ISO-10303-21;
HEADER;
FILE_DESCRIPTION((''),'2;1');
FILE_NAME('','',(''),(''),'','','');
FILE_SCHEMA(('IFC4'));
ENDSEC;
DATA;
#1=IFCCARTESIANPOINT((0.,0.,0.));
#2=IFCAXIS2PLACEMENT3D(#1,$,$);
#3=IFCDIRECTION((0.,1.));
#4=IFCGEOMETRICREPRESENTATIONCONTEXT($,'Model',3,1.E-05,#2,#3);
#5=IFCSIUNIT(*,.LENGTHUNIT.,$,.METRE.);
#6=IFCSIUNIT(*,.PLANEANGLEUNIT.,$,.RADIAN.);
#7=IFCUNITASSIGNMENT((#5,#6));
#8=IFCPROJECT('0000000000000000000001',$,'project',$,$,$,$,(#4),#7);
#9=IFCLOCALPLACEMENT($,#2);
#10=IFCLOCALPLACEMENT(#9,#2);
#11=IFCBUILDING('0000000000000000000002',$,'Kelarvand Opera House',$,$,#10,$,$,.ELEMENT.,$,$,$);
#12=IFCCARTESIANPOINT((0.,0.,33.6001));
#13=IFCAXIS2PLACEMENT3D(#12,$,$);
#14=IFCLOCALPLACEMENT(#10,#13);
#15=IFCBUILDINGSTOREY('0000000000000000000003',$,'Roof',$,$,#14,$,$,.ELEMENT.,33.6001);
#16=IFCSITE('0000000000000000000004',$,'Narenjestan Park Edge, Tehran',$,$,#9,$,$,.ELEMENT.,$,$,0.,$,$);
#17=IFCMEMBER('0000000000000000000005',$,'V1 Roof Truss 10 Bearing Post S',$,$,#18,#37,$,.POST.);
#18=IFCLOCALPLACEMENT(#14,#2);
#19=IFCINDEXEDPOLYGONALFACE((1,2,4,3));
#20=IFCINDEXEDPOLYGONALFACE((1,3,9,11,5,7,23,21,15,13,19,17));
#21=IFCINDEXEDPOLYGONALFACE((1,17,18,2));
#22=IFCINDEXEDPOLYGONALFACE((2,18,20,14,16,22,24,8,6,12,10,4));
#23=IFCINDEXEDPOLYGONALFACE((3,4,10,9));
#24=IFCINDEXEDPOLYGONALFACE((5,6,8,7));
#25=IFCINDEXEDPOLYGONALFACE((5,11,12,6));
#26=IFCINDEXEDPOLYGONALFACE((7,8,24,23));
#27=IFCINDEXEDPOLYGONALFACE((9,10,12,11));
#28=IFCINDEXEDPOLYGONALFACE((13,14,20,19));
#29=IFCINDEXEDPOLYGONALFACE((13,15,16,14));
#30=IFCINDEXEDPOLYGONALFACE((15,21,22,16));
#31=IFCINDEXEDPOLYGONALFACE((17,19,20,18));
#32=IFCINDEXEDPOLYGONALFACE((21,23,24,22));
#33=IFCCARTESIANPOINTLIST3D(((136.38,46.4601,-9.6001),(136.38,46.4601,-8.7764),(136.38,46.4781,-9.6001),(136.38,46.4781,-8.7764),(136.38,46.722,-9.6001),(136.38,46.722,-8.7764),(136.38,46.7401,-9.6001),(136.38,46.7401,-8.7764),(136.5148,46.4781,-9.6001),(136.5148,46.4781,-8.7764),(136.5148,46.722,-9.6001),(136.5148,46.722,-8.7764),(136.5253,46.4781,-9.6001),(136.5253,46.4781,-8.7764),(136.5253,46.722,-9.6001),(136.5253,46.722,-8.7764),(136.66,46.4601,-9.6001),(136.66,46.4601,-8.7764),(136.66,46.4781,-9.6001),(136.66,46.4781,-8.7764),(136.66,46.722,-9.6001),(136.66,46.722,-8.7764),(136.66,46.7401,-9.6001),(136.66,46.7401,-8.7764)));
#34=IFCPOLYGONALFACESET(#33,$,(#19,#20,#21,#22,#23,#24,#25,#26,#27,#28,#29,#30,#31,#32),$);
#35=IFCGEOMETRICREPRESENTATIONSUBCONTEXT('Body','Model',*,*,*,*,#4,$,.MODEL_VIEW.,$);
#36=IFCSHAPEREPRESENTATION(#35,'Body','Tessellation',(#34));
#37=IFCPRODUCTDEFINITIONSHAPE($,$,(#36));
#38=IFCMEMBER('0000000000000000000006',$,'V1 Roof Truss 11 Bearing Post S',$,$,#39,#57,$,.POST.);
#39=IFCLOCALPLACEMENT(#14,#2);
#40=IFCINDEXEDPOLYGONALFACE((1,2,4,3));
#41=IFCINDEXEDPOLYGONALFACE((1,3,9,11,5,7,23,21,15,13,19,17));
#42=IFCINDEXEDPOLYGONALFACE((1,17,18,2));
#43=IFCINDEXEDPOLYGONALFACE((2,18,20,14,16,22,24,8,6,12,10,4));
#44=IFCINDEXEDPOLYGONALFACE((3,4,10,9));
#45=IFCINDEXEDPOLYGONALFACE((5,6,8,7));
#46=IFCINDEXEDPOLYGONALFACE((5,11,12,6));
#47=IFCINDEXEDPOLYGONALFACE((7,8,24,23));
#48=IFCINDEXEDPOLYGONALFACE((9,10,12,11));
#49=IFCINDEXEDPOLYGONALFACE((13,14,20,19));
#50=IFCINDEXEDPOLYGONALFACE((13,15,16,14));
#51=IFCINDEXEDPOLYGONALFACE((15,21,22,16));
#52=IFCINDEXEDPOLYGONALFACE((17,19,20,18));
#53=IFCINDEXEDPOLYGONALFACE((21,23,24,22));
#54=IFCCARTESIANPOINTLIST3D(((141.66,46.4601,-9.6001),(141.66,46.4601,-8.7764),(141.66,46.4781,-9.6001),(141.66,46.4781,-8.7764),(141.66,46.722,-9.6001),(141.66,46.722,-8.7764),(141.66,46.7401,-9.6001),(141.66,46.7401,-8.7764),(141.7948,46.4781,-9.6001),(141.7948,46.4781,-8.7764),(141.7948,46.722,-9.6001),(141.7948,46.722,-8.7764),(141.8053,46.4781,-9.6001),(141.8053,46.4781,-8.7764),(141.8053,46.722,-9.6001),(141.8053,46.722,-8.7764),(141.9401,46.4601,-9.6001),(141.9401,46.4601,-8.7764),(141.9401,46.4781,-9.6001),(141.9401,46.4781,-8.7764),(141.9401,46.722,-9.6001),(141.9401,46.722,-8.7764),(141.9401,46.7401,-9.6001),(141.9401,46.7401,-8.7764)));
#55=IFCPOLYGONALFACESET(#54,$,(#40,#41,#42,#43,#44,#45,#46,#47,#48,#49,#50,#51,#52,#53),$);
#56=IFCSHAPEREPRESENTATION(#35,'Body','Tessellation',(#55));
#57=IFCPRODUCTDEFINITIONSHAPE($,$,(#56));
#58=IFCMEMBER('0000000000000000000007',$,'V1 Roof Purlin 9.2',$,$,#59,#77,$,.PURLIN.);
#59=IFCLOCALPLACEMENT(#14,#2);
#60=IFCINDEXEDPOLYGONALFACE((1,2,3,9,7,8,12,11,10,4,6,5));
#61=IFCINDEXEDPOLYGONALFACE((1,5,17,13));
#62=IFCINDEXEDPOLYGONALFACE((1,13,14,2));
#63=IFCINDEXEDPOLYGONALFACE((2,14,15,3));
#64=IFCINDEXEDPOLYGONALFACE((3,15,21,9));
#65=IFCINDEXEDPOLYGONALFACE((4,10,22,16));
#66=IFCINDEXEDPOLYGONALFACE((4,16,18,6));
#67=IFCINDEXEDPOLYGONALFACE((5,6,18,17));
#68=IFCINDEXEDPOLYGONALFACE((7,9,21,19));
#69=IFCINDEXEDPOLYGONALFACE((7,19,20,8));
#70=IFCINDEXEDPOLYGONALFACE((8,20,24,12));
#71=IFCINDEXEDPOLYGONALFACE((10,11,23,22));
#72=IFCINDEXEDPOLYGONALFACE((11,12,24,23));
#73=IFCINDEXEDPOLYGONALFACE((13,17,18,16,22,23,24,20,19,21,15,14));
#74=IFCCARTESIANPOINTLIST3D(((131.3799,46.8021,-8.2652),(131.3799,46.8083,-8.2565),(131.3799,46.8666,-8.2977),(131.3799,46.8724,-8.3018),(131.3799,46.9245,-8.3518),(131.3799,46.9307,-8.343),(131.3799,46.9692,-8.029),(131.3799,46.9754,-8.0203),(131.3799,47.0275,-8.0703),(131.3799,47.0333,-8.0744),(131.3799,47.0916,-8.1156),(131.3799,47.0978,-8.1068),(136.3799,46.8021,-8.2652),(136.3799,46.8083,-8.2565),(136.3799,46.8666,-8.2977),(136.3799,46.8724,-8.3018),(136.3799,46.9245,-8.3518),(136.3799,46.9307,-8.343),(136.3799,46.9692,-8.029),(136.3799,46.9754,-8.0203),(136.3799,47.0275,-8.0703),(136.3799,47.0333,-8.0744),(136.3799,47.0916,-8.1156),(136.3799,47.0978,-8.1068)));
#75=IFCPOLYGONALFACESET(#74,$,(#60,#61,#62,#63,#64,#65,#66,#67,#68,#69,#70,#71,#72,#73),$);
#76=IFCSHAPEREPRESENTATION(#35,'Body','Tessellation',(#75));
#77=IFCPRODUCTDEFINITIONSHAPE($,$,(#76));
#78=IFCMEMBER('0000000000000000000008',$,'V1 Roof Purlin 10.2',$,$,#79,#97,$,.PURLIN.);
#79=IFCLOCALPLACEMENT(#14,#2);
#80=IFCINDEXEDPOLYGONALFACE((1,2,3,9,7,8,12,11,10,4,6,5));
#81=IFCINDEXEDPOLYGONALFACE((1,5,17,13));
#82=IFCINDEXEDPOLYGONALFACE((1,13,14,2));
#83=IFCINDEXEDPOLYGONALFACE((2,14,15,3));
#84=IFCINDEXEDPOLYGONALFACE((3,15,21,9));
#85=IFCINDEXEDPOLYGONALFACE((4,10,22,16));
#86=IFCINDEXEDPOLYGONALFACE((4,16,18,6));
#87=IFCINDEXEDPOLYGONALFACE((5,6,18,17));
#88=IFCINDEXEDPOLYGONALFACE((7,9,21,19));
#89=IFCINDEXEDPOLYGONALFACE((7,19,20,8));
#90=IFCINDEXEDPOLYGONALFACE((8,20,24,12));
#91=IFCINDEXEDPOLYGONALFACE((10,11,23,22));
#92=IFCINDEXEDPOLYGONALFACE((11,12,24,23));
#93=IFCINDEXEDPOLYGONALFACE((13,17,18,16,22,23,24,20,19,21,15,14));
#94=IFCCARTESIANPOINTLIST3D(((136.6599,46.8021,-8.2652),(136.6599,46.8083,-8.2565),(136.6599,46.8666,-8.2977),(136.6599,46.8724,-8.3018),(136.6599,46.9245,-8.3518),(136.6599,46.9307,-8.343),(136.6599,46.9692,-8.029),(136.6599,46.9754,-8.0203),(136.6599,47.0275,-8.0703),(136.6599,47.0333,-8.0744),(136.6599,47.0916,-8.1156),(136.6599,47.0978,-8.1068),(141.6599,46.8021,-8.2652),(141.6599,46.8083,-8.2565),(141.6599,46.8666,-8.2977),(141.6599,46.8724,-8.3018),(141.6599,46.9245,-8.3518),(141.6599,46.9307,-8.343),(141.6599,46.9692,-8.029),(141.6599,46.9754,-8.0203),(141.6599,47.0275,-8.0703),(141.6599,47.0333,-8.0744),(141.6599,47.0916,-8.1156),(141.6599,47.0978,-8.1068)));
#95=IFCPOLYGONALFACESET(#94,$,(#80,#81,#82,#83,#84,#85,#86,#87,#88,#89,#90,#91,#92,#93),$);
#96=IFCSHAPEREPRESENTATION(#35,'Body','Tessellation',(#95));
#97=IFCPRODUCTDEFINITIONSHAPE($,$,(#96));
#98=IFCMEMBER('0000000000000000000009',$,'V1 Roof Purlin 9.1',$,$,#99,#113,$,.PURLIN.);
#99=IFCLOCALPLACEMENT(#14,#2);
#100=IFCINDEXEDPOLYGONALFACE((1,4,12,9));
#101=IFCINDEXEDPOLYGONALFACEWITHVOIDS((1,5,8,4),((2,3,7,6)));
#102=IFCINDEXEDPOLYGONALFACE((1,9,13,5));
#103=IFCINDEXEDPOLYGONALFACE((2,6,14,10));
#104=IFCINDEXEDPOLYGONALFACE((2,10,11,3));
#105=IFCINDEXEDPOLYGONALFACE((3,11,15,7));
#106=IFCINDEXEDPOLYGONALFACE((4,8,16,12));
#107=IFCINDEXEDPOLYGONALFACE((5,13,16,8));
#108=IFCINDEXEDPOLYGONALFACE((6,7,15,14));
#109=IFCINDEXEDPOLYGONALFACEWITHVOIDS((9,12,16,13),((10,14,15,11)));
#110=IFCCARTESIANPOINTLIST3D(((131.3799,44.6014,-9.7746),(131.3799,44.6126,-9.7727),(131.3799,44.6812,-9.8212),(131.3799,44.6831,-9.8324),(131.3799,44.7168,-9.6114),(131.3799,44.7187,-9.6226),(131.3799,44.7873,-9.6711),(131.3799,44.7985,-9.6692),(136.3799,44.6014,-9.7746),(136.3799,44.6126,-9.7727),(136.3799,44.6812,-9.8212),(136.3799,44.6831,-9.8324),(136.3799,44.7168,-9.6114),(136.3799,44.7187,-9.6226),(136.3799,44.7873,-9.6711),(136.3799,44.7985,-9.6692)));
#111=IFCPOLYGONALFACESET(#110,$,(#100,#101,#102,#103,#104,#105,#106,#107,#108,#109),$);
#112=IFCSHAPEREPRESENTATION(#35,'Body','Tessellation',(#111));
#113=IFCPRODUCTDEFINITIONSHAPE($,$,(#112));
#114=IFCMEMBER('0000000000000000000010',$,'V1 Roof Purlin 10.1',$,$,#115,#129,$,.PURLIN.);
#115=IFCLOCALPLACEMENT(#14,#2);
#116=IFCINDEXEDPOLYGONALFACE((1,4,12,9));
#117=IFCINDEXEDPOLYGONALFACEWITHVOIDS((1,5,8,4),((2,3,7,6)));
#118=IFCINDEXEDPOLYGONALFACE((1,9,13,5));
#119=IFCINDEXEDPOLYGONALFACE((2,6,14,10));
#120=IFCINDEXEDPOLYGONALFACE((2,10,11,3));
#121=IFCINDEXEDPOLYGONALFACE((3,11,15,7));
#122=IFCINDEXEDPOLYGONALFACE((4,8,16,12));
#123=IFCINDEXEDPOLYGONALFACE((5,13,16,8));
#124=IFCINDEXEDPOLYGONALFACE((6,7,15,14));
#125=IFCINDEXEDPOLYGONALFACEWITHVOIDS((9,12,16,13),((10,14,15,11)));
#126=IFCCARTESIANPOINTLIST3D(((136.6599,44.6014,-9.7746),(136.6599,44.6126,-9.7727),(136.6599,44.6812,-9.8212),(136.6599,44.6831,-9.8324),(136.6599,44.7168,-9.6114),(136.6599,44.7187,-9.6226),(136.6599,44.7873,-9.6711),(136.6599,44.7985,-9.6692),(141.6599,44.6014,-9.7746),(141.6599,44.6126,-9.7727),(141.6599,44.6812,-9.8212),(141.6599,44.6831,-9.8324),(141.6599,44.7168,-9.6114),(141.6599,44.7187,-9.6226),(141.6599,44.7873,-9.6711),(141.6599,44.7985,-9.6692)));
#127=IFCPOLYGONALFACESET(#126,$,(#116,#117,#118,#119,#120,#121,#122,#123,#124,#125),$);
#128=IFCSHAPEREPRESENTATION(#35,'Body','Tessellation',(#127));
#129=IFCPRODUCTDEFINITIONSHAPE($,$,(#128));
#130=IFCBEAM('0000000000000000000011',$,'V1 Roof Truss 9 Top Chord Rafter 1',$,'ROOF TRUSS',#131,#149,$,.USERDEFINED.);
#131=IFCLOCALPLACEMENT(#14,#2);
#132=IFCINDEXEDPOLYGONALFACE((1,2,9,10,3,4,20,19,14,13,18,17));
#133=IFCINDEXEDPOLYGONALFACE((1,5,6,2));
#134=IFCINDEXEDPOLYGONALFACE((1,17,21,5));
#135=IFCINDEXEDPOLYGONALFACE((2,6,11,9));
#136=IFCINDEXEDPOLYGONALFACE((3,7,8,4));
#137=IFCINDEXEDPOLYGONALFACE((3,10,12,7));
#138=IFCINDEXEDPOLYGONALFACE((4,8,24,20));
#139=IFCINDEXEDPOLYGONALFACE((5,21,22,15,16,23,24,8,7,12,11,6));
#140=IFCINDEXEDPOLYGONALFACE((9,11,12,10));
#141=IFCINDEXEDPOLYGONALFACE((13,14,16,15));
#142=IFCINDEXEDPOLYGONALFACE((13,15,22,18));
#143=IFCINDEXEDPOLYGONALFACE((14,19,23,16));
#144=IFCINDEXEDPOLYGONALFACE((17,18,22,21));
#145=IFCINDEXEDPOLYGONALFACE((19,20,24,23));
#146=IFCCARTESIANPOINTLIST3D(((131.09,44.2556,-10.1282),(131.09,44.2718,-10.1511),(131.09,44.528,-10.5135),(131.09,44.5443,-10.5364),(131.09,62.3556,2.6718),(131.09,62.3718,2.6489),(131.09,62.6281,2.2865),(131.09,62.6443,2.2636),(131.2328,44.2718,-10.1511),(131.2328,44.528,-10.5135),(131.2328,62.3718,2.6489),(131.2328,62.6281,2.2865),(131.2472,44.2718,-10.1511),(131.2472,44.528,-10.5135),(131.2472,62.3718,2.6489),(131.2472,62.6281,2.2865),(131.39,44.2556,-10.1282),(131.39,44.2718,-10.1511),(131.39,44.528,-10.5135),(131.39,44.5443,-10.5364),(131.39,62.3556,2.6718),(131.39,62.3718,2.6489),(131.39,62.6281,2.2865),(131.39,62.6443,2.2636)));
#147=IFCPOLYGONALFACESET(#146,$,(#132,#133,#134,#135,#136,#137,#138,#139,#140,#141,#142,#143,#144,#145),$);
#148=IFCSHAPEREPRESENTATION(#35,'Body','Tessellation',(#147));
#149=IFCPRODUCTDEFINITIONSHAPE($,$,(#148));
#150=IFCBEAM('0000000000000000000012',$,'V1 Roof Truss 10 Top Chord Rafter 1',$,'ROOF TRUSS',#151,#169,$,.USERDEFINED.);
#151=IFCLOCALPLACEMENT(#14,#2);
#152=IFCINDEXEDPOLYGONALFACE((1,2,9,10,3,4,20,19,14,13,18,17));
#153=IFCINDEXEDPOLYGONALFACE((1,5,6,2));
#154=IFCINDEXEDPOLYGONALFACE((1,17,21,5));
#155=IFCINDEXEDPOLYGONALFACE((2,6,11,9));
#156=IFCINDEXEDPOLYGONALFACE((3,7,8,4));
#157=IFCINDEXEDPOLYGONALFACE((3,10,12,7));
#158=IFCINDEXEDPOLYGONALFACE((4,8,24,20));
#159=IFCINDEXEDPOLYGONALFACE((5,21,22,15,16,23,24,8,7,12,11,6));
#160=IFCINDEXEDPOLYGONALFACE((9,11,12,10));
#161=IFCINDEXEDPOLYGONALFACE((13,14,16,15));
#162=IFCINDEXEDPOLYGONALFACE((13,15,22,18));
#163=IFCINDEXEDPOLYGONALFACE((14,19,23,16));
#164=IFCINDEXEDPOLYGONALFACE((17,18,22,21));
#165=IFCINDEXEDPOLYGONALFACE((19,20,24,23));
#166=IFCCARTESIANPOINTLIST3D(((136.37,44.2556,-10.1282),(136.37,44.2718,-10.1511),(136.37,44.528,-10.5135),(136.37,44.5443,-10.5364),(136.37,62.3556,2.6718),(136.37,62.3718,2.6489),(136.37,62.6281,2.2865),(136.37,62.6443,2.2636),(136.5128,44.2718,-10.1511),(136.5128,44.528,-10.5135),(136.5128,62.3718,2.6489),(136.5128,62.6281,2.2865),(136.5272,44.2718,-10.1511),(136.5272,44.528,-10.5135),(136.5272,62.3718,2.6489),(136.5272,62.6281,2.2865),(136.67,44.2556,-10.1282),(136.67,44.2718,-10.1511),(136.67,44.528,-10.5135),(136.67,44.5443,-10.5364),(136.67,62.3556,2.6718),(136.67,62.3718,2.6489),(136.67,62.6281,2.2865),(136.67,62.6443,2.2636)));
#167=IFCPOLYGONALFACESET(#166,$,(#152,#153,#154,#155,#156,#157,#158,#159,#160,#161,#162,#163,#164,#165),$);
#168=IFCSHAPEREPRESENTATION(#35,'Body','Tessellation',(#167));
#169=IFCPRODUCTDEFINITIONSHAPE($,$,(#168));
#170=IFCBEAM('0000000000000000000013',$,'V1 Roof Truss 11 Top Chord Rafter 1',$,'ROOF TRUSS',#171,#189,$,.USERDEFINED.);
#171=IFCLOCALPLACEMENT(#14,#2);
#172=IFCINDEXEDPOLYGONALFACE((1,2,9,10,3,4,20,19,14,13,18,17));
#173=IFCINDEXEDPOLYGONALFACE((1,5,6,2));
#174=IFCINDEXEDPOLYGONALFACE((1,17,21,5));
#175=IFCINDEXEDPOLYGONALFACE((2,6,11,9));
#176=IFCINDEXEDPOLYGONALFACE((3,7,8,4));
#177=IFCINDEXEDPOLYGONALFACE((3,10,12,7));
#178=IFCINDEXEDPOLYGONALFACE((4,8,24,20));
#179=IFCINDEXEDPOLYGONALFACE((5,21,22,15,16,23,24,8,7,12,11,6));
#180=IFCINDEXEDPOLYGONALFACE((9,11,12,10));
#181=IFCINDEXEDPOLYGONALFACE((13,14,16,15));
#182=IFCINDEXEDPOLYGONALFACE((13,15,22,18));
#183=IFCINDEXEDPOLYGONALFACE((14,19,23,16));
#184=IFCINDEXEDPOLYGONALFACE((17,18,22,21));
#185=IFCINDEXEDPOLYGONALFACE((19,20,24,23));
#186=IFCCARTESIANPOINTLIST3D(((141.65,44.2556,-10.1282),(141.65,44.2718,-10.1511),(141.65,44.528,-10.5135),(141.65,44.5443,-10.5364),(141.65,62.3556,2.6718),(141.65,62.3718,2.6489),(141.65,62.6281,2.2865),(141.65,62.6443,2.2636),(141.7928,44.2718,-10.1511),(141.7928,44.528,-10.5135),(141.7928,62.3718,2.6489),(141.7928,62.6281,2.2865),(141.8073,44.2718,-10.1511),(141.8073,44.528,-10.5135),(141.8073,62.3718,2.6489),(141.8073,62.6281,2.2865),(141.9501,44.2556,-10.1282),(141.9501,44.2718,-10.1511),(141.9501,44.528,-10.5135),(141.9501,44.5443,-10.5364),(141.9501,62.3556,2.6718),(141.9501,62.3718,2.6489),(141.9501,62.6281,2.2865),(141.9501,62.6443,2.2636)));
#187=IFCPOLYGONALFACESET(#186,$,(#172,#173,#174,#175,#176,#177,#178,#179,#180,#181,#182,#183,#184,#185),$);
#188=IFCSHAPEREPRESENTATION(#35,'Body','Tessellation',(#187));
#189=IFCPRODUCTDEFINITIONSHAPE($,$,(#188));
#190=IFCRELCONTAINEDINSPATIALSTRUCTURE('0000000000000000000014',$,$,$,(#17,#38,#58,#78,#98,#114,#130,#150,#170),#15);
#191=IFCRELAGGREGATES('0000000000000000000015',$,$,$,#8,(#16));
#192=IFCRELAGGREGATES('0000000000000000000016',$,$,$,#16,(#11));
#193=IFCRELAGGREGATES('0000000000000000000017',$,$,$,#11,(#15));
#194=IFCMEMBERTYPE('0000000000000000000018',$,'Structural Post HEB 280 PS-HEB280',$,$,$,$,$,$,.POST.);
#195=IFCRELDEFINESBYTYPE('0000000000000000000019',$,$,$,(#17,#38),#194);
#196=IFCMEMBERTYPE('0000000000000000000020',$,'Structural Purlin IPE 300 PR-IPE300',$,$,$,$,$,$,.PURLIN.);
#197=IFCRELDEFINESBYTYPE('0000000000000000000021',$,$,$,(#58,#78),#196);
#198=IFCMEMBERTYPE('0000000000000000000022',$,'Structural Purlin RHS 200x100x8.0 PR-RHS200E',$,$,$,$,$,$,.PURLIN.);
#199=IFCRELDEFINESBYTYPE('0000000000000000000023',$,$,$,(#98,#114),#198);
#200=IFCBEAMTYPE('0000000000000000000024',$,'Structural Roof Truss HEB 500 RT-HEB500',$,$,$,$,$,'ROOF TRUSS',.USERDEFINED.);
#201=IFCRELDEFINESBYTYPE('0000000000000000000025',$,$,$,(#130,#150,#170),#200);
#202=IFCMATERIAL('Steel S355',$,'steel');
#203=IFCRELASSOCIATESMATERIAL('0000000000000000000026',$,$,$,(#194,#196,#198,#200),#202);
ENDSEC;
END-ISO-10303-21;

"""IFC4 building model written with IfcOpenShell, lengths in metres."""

from ifc_helpers import new_model, si_unit, direction, frame, origin, origin_2d, place, context, subcontext, project, spatial, hollow_rectangle, i_section, extrude, material, material_profile, profile_set, type_object, element, save


model = new_model("IFC4")

# Units and contexts
model_context = context("Model", 3, precision=1e-05, world=origin(), true_north=direction((0.0, 1.0)))
body_context = subcontext(model_context, "Body", "Model", "MODEL_VIEW")
ifc_project = project(units=[si_unit("LENGTHUNIT", "METRE"), si_unit("PLANEANGLEUNIT", "RADIAN")], contexts=[model_context])

# Site, building, storey
site_placement = place(None, origin())
site = spatial("IfcSite", under=ifc_project, at=site_placement, Name="Narenjestan Park Edge, Tehran", CompositionType="ELEMENT", RefElevation=0.0)
building_placement = place(site_placement, origin())
building = spatial("IfcBuilding", under=site, at=building_placement, Name="Kelarvand Opera House", CompositionType="ELEMENT")
storey_placement = place(building_placement, frame((0.0, 0.0, 33.6001)))
storey = spatial("IfcBuildingStorey", under=building, at=storey_placement, Name="Roof", CompositionType="ELEMENT", Elevation=33.6001)

# Members
ifc_material = material(Name="Steel S355", Category="steel")
ifc_material_profile_1 = material_profile(ifc_material, i_section(OverallWidth=0.28, OverallDepth=0.28, WebThickness=0.0105, FlangeThickness=0.0181, at=origin_2d()), Name="HEB 280", Category="steel")
ifc_profile_set_1 = profile_set([ifc_material_profile_1], Name="Steel S355")
member_type_1 = type_object("IfcMemberType", Name="Structural Post HEB 280 PS-HEB280", PredefinedType="POST", material=ifc_profile_set_1)
for number, where, z_axis, x_axis, name in (
    (1, (136.52, 46.6001, -9.6001), (0.0, 0.0, 1.0), (1.0, 0.0, 0.0), "V1 Roof Truss 10 Bearing Post S"),
    (2, (141.8, 46.6001, -9.6001), (0.0, 0.0, 1.0), (1.0, 0.0, 0.0), "V1 Roof Truss 11 Bearing Post S"),
):
    element("IfcMember", number, at=place(storey_placement, frame(where, z_axis=z_axis, x_axis=x_axis)), inside=storey, type_object=member_type_1, Name=name, PredefinedType="POST", context=body_context, shape_type="SweptSolid", body=[
        extrude(i_section(OverallWidth=0.28, OverallDepth=0.28, WebThickness=0.0105, FlangeThickness=0.0181, at=origin_2d()), origin(), (0.0, 0.0, 1.0), 0.8237),
    ])
ifc_material_profile_2 = material_profile(ifc_material, i_section(OverallWidth=0.1499, OverallDepth=0.3, WebThickness=0.0071, FlangeThickness=0.0107, at=origin_2d()), Name="IPE 300", Category="steel")
ifc_profile_set_2 = profile_set([ifc_material_profile_2], Name="Steel S355")
member_type_2 = type_object("IfcMemberType", Name="Structural Purlin IPE 300 PR-IPE300", PredefinedType="PURLIN", material=ifc_profile_set_2)
for number, where, z_axis, x_axis, name in (
    (3, (131.3799, 46.95, -8.186), (1.0, 0.0, 0.0), (0.0, 0.81644, -0.57743), "V1 Roof Purlin 9.2"),
    (4, (136.6599, 46.95, -8.186), (1.0, 0.0, 0.0), (0.0, 0.81644, -0.57743), "V1 Roof Purlin 10.2"),
):
    element("IfcMember", number, at=place(storey_placement, frame(where, z_axis=z_axis, x_axis=x_axis)), inside=storey, type_object=member_type_2, Name=name, PredefinedType="PURLIN", context=body_context, shape_type="SweptSolid", body=[
        extrude(i_section(OverallWidth=0.1499, OverallDepth=0.3, WebThickness=0.0071, FlangeThickness=0.0107, at=origin_2d()), origin(), (0.0, 0.0, 1.0), 5.0),
    ])
ifc_material_profile_3 = material_profile(ifc_material, hollow_rectangle(XDim=0.1001, YDim=0.2, WallThickness=0.0081, at=origin_2d()), Name="RHS 200x100x8.0", Category="steel")
ifc_profile_set_3 = profile_set([ifc_material_profile_3], Name="Steel S355")
member_type_3 = type_object("IfcMemberType", Name="Structural Purlin RHS 200x100x8.0 PR-RHS200E", PredefinedType="PURLIN", material=ifc_profile_set_3)
for number, where, z_axis, x_axis, name in (
    (5, (131.3799, 44.7, -9.7219), (1.0, 0.0, 0.0), (0.0, 0.81644, -0.57743), "V1 Roof Purlin 9.1"),
    (6, (136.6599, 44.7, -9.7219), (1.0, 0.0, 0.0), (0.0, 0.81644, -0.57743), "V1 Roof Purlin 10.1"),
):
    element("IfcMember", number, at=place(storey_placement, frame(where, z_axis=z_axis, x_axis=x_axis)), inside=storey, type_object=member_type_3, Name=name, PredefinedType="PURLIN", context=body_context, shape_type="SweptSolid", body=[
        extrude(hollow_rectangle(XDim=0.1001, YDim=0.2, WallThickness=0.0081, at=origin_2d()), origin(), (0.0, 0.0, 1.0), 5.0),
    ])

# Beams
ifc_material_profile_4 = material_profile(ifc_material, i_section(OverallWidth=0.3, OverallDepth=0.5, WebThickness=0.0144, FlangeThickness=0.0281, at=origin_2d()), Name="HEB 500", Category="steel")
ifc_profile_set_4 = profile_set([ifc_material_profile_4], Name="Steel S355")
beam_type = type_object("IfcBeamType", Name="Structural Roof Truss HEB 500 RT-HEB500", ElementType="ROOF TRUSS", PredefinedType="USERDEFINED", material=ifc_profile_set_4)
for number, where, z_axis, x_axis, name in (
    (7, (131.24, 44.3999, -10.3323), (0.0, 0.816468, 0.577391), (-1.0, 0.0, 0.0), "V1 Roof Truss 9 Top Chord Rafter 1"),
    (8, (136.52, 44.3999, -10.3323), (0.0, 0.816468, 0.577391), (-1.0, 0.0, 0.0), "V1 Roof Truss 10 Top Chord Rafter 1"),
    (9, (141.8, 44.3999, -10.3323), (0.0, 0.816468, 0.577391), (-1.0, 0.0, 0.0), "V1 Roof Truss 11 Top Chord Rafter 1"),
):
    element("IfcBeam", number, at=place(storey_placement, frame(where, z_axis=z_axis, x_axis=x_axis)), inside=storey, type_object=beam_type, Name=name, ObjectType="ROOF TRUSS", PredefinedType="USERDEFINED", context=body_context, shape_type="SweptSolid", body=[
        extrude(i_section(OverallWidth=0.3, OverallDepth=0.5, WebThickness=0.0144, FlangeThickness=0.0281, at=origin_2d()), origin(), (0.0, 0.0, 1.0), 22.1687),
    ])

save(model, "model.ifc")
